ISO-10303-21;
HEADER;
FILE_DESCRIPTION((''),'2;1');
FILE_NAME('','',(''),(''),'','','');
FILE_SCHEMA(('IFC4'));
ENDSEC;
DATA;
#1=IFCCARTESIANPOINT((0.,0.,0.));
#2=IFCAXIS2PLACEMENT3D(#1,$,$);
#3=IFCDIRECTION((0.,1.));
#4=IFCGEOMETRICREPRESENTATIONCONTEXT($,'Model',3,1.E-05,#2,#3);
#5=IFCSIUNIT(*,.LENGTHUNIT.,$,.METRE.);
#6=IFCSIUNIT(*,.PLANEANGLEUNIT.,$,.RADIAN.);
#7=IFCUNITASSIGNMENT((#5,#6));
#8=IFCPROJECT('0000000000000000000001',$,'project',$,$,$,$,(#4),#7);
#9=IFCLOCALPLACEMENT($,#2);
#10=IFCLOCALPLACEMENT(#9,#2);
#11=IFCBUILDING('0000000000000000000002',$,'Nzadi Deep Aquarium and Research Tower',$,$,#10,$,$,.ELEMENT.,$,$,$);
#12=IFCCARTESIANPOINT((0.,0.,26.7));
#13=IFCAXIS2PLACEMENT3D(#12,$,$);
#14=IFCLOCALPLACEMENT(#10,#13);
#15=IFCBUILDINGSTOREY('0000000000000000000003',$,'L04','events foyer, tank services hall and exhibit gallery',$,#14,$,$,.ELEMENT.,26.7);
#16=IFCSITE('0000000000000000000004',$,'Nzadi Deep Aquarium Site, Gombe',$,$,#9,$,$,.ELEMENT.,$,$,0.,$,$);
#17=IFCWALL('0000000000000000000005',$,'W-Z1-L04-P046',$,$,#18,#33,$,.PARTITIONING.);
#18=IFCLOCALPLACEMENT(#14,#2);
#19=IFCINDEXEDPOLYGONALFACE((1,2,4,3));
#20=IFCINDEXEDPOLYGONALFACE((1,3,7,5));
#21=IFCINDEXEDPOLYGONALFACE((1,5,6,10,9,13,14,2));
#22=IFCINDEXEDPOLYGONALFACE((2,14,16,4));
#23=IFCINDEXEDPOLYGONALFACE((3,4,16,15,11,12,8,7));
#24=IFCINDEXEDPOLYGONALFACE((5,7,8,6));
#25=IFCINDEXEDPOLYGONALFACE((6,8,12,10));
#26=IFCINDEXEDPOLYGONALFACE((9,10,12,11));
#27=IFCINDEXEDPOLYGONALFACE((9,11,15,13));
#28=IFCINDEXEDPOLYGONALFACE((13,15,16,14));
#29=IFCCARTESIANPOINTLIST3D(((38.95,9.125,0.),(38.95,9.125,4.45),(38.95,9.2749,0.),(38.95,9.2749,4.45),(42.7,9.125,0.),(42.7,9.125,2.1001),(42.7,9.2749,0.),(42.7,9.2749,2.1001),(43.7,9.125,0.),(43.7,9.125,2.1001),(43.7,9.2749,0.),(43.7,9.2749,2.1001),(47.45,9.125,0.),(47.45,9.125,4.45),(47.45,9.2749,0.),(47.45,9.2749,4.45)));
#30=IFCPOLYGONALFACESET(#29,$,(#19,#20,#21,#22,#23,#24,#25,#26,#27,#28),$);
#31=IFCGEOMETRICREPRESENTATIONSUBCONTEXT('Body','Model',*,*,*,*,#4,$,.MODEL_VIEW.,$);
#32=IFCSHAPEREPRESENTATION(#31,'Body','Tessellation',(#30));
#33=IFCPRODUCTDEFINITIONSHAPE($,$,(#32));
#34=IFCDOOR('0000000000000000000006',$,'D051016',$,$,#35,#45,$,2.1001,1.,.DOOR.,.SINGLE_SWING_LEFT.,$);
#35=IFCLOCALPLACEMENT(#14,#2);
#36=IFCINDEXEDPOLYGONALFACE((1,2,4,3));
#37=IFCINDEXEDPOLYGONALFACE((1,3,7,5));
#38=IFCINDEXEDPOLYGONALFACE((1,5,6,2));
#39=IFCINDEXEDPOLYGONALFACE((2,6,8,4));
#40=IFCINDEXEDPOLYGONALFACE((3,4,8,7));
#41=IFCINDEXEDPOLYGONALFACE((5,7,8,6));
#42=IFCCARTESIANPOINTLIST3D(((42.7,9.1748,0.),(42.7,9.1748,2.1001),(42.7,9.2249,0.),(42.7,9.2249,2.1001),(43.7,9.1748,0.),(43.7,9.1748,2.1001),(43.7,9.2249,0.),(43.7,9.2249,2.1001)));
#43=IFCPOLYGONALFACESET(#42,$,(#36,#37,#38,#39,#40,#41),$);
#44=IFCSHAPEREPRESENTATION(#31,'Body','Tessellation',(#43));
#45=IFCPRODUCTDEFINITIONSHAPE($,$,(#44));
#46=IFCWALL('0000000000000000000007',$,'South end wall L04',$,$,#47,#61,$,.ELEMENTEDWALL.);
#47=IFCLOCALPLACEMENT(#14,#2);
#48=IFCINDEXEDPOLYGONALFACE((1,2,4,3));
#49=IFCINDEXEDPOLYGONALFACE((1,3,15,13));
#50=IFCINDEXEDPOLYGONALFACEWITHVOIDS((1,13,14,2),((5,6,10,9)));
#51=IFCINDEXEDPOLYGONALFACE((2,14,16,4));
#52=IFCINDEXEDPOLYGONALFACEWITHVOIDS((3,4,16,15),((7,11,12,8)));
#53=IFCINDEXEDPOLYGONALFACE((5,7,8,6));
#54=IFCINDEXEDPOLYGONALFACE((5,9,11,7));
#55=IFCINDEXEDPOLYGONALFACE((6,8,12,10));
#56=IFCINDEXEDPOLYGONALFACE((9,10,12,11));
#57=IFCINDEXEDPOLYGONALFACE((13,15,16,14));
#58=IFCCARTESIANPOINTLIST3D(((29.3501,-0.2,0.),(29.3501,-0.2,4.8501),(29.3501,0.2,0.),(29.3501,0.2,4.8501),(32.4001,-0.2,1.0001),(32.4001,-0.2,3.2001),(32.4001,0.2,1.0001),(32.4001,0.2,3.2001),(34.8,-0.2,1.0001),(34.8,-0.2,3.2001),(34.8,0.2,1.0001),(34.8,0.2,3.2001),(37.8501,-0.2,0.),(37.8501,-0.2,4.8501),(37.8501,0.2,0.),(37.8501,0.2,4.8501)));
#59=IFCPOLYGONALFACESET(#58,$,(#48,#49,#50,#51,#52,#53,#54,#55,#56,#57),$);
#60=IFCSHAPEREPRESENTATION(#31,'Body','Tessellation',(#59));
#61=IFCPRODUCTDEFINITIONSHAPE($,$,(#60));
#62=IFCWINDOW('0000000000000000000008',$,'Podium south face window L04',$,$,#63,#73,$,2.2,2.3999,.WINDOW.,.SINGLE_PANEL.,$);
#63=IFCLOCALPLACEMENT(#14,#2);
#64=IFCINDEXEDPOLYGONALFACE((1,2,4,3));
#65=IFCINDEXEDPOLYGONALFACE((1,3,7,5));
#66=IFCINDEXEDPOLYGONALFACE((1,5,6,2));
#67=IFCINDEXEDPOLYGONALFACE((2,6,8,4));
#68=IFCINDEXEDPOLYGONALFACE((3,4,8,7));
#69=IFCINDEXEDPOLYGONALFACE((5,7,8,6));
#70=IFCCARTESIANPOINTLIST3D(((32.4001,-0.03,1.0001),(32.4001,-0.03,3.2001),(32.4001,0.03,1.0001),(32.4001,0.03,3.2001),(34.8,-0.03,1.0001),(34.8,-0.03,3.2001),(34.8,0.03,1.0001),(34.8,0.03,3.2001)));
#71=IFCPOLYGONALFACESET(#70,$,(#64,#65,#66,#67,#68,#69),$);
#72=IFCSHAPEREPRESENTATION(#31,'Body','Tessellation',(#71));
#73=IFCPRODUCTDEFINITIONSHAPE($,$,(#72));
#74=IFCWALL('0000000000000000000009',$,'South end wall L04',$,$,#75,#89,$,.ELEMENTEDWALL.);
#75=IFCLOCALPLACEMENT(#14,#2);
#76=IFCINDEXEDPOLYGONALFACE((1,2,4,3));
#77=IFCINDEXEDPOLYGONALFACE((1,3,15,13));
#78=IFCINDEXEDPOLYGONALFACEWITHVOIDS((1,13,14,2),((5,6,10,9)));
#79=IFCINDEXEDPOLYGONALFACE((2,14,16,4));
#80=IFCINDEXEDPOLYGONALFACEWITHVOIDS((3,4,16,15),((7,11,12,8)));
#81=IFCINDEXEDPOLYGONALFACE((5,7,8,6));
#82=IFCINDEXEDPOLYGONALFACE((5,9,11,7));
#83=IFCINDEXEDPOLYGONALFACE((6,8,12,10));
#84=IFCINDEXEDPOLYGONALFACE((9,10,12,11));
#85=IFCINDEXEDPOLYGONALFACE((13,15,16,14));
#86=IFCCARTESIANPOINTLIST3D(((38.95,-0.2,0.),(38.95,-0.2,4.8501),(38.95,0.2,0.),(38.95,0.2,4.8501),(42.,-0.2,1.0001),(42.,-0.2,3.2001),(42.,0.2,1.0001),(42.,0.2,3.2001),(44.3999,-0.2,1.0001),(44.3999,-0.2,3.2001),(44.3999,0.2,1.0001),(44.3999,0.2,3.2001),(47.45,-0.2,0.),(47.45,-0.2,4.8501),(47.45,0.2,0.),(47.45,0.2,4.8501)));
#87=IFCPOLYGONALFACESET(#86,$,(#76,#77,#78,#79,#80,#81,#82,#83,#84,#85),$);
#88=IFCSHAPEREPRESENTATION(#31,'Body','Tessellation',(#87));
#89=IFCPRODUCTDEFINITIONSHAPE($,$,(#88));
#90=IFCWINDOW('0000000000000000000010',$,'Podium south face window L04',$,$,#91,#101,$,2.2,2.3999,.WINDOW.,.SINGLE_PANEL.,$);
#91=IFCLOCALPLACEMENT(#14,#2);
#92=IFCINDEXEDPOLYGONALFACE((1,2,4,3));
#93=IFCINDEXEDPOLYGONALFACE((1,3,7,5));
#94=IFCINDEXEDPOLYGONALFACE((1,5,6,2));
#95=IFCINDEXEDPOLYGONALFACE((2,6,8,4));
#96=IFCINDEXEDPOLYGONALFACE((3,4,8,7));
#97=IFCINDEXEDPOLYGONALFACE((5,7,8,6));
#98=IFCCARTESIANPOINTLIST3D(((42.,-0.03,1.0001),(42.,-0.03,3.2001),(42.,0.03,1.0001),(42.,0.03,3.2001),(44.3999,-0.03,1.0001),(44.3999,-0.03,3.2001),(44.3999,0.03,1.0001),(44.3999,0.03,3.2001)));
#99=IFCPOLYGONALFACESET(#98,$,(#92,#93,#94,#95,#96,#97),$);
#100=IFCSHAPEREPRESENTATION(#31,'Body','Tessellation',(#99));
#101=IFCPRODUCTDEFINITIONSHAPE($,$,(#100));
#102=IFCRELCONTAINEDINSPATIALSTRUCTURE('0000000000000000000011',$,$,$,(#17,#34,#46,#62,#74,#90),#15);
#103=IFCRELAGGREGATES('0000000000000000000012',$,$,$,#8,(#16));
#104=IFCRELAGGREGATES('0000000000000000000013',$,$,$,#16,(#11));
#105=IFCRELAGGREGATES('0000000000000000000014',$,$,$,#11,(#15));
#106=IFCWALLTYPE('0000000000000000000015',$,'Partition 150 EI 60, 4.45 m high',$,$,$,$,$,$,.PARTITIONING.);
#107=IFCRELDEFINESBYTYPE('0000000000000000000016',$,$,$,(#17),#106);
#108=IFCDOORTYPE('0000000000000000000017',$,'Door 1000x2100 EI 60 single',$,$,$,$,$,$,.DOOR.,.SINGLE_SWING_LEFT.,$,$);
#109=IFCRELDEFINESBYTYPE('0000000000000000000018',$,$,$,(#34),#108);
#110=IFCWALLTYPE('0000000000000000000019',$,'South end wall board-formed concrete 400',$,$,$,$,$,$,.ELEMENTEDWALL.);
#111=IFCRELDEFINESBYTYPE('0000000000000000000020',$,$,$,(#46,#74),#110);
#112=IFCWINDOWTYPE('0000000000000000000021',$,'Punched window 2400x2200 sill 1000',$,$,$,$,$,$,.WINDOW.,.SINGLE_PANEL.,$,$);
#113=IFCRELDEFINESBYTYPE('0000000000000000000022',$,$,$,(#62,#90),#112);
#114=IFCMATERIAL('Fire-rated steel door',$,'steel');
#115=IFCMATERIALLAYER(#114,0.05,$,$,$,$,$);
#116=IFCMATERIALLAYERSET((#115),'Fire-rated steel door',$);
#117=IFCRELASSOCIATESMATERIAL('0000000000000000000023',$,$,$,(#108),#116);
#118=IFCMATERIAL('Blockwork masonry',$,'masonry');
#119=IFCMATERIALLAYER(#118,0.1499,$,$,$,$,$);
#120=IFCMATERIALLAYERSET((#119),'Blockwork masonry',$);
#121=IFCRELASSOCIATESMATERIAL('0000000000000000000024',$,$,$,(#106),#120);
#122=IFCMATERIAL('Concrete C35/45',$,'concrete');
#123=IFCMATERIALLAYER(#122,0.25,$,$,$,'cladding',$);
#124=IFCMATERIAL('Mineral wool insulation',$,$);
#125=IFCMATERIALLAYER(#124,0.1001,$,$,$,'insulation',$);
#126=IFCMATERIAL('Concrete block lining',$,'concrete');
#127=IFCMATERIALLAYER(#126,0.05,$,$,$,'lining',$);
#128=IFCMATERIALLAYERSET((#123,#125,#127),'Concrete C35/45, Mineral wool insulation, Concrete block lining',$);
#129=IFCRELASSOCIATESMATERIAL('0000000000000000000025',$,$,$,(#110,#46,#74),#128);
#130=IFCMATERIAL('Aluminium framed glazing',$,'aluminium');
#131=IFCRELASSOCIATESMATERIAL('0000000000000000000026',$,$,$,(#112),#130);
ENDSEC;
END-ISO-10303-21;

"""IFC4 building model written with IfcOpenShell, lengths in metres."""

from ifc_helpers import new_model, si_unit, direction, frame, frame_2d, origin, place, context, subcontext, project, spatial, rectangle, extrude, material, layer, layer_set, layer_usage, type_object, element, fill, save


model = new_model("IFC4")

# Units and contexts
model_context = context("Model", 3, precision=1e-05, world=origin(), true_north=direction((0.0, 1.0)))
body_context = subcontext(model_context, "Body", "Model", "MODEL_VIEW")
ifc_project = project(units=[si_unit("LENGTHUNIT", "METRE"), si_unit("PLANEANGLEUNIT", "RADIAN")], contexts=[model_context])

# Site, building, storey
site_placement = place(None, origin())
site = spatial("IfcSite", under=ifc_project, at=site_placement, Name="Nzadi Deep Aquarium Site, Gombe", CompositionType="ELEMENT", RefElevation=0.0)
building_placement = place(site_placement, origin())
building = spatial("IfcBuilding", under=site, at=building_placement, Name="Nzadi Deep Aquarium and Research Tower", CompositionType="ELEMENT")
storey_placement = place(building_placement, frame((0.0, 0.0, 26.7)))
storey = spatial("IfcBuildingStorey", under=building, at=storey_placement, Name="L04", Description="events foyer, tank services hall and exhibit gallery", CompositionType="ELEMENT", Elevation=26.7)

# Shared definitions
ifc_material_1 = material(Name="Fire-rated steel door", Category="steel")
ifc_layer_1 = layer(ifc_material_1, 0.05)
ifc_layer_set_1 = layer_set([ifc_layer_1], Name="Fire-rated steel door")
door_type = type_object("IfcDoorType", Name="Door 1000x2100 EI 60 single", OperationType="SINGLE_SWING_LEFT", PredefinedType="DOOR", material=ifc_layer_set_1)

# Shared definitions
ifc_material_2 = material(Name="Blockwork masonry", Category="masonry")
ifc_layer_2 = layer(ifc_material_2, 0.1499)
ifc_layer_set_2 = layer_set([ifc_layer_2], Name="Blockwork masonry")
wall_type_1 = type_object("IfcWallType", Name="Partition 150 EI 60, 4.45 m high", PredefinedType="PARTITIONING", material=ifc_layer_set_2)

# Wall, opening, door
wall_1_placement = place(storey_placement, frame((38.95, 9.2, 0.0), z_axis=(0.0, 0.0, 1.0), x_axis=(1.0, 0.0, 0.0)))
wall_1 = element("IfcWall", 1, at=wall_1_placement, inside=storey, type_object=wall_type_1, Name="W-Z1-L04-P046", PredefinedType="PARTITIONING", context=body_context, shape_type="SweptSolid", body=[
    extrude(rectangle(XDim=8.5, YDim=0.1499, at=frame_2d((4.25, 0.0))), origin(), (0.0, 0.0, 1.0), 4.45),
])
opening_1_placement = place(wall_1_placement, frame((3.75, 0.0, 0.0)))
opening_1 = element("IfcOpeningElement", 2, at=opening_1_placement, cuts=wall_1, PredefinedType="OPENING", context=body_context, shape_type="SweptSolid", body=[
    extrude(rectangle(XDim=1.0, YDim=2.1001, at=frame_2d((0.5, 1.05))), frame((0.0, 0.085, 0.0), z_axis=(0.0, -1.0, 0.0), x_axis=(1.0, 0.0, 0.0)), (0.0, 0.0, 1.0), 0.1699),
])
door_1_placement = place(opening_1_placement, origin())
door_1 = element("IfcDoor", 3, at=door_1_placement, inside=storey, type_object=door_type, Name="D051016", OperationType="SINGLE_SWING_LEFT", OverallHeight=2.1001, OverallWidth=1.0, PredefinedType="DOOR", context=body_context, shape_type="SweptSolid", body=[
    extrude(rectangle(XDim=1.0, YDim=2.1001, at=frame_2d((0.5, 1.05))), frame((0.0, 0.0249, 0.0), z_axis=(0.0, -1.0, 0.0), x_axis=(1.0, 0.0, 0.0)), (0.0, 0.0, 1.0), 0.05),
])
fill(opening_1, door_1)

# Walls, openings, windows
ifc_material_3 = material(Name="Concrete C35/45", Category="concrete")
ifc_layer_3 = layer(ifc_material_3, 0.25, Category="cladding")
ifc_material_4 = material(Name="Mineral wool insulation")
ifc_layer_4 = layer(ifc_material_4, 0.1001, Category="insulation")
ifc_material_5 = material(Name="Concrete block lining", Category="concrete")
ifc_layer_5 = layer(ifc_material_5, 0.05, Category="lining")
ifc_layer_set_3 = layer_set([ifc_layer_3, ifc_layer_4, ifc_layer_5], Name="Concrete C35/45, Mineral wool insulation, Concrete block lining")
ifc_layer_usage_1 = layer_usage(ifc_layer_set_3, "AXIS2", "POSITIVE", -0.2)
wall_type_2 = type_object("IfcWallType", Name="South end wall board-formed concrete 400", PredefinedType="ELEMENTEDWALL", material=ifc_layer_set_3)
wall_2_placement = place(storey_placement, frame((29.3501, 0.0, 0.0), z_axis=(0.0, 0.0, 1.0), x_axis=(1.0, 0.0, 0.0)))
wall_2 = element("IfcWall", 4, at=wall_2_placement, inside=storey, type_object=wall_type_2, material=ifc_layer_usage_1, Name="South end wall L04", PredefinedType="ELEMENTEDWALL", context=body_context, shape_type="SweptSolid", body=[
    extrude(rectangle(XDim=8.5, YDim=0.3999, at=frame_2d((4.25, 0.0))), origin(), (0.0, 0.0, 1.0), 4.8501),
])
opening_2_placement = place(wall_2_placement, frame((3.05, 0.0, 1.0)))
opening_2 = element("IfcOpeningElement", 5, at=opening_2_placement, cuts=wall_2, PredefinedType="OPENING", context=body_context, shape_type="SweptSolid", body=[
    extrude(rectangle(XDim=2.3999, YDim=2.2, at=frame_2d((1.2, 1.1001))), frame((0.0, 0.21, 0.0), z_axis=(0.0, -1.0, 0.0), x_axis=(1.0, 0.0, 0.0)), (0.0, 0.0, 1.0), 0.4199),
])
ifc_material_6 = material(Name="Aluminium framed glazing", Category="aluminium")
window_type = type_object("IfcWindowType", Name="Punched window 2400x2200 sill 1000", PartitioningType="SINGLE_PANEL", PredefinedType="WINDOW", material=ifc_material_6)
window_1_placement = place(opening_2_placement, origin())
window_1 = element("IfcWindow", 6, at=window_1_placement, inside=storey, type_object=window_type, Name="Podium south face window L04", OverallHeight=2.2, OverallWidth=2.3999, PartitioningType="SINGLE_PANEL", PredefinedType="WINDOW", context=body_context, shape_type="SweptSolid", body=[
    extrude(rectangle(XDim=2.3999, YDim=2.2, at=frame_2d((1.2, 1.1001))), frame((0.0, 0.03, 0.0), z_axis=(0.0, -1.0, 0.0), x_axis=(1.0, 0.0, 0.0)), (0.0, 0.0, 1.0), 0.0601),
])
fill(opening_2, window_1)
ifc_layer_usage_2 = layer_usage(ifc_layer_set_3, "AXIS2", "POSITIVE", -0.2)
wall_3_placement = place(storey_placement, frame((38.95, 0.0, 0.0), z_axis=(0.0, 0.0, 1.0), x_axis=(1.0, 0.0, 0.0)))
wall_3 = element("IfcWall", 7, at=wall_3_placement, inside=storey, type_object=wall_type_2, material=ifc_layer_usage_2, Name="South end wall L04", PredefinedType="ELEMENTEDWALL", context=body_context, shape_type="SweptSolid", body=[
    extrude(rectangle(XDim=8.5, YDim=0.3999, at=frame_2d((4.25, 0.0))), origin(), (0.0, 0.0, 1.0), 4.8501),
])
opening_3_placement = place(wall_3_placement, frame((3.05, 0.0, 1.0)))
opening_3 = element("IfcOpeningElement", 8, at=opening_3_placement, cuts=wall_3, PredefinedType="OPENING", context=body_context, shape_type="SweptSolid", body=[
    extrude(rectangle(XDim=2.3999, YDim=2.2, at=frame_2d((1.2, 1.1001))), frame((0.0, 0.21, 0.0), z_axis=(0.0, -1.0, 0.0), x_axis=(1.0, 0.0, 0.0)), (0.0, 0.0, 1.0), 0.4199),
])
window_2_placement = place(opening_3_placement, origin())
window_2 = element("IfcWindow", 9, at=window_2_placement, inside=storey, type_object=window_type, Name="Podium south face window L04", OverallHeight=2.2, OverallWidth=2.3999, PartitioningType="SINGLE_PANEL", PredefinedType="WINDOW", context=body_context, shape_type="SweptSolid", body=[
    extrude(rectangle(XDim=2.3999, YDim=2.2, at=frame_2d((1.2, 1.1001))), frame((0.0, 0.03, 0.0), z_axis=(0.0, -1.0, 0.0), x_axis=(1.0, 0.0, 0.0)), (0.0, 0.0, 1.0), 0.0601),
])
fill(opening_3, window_2)

save(model, "model.ifc")
